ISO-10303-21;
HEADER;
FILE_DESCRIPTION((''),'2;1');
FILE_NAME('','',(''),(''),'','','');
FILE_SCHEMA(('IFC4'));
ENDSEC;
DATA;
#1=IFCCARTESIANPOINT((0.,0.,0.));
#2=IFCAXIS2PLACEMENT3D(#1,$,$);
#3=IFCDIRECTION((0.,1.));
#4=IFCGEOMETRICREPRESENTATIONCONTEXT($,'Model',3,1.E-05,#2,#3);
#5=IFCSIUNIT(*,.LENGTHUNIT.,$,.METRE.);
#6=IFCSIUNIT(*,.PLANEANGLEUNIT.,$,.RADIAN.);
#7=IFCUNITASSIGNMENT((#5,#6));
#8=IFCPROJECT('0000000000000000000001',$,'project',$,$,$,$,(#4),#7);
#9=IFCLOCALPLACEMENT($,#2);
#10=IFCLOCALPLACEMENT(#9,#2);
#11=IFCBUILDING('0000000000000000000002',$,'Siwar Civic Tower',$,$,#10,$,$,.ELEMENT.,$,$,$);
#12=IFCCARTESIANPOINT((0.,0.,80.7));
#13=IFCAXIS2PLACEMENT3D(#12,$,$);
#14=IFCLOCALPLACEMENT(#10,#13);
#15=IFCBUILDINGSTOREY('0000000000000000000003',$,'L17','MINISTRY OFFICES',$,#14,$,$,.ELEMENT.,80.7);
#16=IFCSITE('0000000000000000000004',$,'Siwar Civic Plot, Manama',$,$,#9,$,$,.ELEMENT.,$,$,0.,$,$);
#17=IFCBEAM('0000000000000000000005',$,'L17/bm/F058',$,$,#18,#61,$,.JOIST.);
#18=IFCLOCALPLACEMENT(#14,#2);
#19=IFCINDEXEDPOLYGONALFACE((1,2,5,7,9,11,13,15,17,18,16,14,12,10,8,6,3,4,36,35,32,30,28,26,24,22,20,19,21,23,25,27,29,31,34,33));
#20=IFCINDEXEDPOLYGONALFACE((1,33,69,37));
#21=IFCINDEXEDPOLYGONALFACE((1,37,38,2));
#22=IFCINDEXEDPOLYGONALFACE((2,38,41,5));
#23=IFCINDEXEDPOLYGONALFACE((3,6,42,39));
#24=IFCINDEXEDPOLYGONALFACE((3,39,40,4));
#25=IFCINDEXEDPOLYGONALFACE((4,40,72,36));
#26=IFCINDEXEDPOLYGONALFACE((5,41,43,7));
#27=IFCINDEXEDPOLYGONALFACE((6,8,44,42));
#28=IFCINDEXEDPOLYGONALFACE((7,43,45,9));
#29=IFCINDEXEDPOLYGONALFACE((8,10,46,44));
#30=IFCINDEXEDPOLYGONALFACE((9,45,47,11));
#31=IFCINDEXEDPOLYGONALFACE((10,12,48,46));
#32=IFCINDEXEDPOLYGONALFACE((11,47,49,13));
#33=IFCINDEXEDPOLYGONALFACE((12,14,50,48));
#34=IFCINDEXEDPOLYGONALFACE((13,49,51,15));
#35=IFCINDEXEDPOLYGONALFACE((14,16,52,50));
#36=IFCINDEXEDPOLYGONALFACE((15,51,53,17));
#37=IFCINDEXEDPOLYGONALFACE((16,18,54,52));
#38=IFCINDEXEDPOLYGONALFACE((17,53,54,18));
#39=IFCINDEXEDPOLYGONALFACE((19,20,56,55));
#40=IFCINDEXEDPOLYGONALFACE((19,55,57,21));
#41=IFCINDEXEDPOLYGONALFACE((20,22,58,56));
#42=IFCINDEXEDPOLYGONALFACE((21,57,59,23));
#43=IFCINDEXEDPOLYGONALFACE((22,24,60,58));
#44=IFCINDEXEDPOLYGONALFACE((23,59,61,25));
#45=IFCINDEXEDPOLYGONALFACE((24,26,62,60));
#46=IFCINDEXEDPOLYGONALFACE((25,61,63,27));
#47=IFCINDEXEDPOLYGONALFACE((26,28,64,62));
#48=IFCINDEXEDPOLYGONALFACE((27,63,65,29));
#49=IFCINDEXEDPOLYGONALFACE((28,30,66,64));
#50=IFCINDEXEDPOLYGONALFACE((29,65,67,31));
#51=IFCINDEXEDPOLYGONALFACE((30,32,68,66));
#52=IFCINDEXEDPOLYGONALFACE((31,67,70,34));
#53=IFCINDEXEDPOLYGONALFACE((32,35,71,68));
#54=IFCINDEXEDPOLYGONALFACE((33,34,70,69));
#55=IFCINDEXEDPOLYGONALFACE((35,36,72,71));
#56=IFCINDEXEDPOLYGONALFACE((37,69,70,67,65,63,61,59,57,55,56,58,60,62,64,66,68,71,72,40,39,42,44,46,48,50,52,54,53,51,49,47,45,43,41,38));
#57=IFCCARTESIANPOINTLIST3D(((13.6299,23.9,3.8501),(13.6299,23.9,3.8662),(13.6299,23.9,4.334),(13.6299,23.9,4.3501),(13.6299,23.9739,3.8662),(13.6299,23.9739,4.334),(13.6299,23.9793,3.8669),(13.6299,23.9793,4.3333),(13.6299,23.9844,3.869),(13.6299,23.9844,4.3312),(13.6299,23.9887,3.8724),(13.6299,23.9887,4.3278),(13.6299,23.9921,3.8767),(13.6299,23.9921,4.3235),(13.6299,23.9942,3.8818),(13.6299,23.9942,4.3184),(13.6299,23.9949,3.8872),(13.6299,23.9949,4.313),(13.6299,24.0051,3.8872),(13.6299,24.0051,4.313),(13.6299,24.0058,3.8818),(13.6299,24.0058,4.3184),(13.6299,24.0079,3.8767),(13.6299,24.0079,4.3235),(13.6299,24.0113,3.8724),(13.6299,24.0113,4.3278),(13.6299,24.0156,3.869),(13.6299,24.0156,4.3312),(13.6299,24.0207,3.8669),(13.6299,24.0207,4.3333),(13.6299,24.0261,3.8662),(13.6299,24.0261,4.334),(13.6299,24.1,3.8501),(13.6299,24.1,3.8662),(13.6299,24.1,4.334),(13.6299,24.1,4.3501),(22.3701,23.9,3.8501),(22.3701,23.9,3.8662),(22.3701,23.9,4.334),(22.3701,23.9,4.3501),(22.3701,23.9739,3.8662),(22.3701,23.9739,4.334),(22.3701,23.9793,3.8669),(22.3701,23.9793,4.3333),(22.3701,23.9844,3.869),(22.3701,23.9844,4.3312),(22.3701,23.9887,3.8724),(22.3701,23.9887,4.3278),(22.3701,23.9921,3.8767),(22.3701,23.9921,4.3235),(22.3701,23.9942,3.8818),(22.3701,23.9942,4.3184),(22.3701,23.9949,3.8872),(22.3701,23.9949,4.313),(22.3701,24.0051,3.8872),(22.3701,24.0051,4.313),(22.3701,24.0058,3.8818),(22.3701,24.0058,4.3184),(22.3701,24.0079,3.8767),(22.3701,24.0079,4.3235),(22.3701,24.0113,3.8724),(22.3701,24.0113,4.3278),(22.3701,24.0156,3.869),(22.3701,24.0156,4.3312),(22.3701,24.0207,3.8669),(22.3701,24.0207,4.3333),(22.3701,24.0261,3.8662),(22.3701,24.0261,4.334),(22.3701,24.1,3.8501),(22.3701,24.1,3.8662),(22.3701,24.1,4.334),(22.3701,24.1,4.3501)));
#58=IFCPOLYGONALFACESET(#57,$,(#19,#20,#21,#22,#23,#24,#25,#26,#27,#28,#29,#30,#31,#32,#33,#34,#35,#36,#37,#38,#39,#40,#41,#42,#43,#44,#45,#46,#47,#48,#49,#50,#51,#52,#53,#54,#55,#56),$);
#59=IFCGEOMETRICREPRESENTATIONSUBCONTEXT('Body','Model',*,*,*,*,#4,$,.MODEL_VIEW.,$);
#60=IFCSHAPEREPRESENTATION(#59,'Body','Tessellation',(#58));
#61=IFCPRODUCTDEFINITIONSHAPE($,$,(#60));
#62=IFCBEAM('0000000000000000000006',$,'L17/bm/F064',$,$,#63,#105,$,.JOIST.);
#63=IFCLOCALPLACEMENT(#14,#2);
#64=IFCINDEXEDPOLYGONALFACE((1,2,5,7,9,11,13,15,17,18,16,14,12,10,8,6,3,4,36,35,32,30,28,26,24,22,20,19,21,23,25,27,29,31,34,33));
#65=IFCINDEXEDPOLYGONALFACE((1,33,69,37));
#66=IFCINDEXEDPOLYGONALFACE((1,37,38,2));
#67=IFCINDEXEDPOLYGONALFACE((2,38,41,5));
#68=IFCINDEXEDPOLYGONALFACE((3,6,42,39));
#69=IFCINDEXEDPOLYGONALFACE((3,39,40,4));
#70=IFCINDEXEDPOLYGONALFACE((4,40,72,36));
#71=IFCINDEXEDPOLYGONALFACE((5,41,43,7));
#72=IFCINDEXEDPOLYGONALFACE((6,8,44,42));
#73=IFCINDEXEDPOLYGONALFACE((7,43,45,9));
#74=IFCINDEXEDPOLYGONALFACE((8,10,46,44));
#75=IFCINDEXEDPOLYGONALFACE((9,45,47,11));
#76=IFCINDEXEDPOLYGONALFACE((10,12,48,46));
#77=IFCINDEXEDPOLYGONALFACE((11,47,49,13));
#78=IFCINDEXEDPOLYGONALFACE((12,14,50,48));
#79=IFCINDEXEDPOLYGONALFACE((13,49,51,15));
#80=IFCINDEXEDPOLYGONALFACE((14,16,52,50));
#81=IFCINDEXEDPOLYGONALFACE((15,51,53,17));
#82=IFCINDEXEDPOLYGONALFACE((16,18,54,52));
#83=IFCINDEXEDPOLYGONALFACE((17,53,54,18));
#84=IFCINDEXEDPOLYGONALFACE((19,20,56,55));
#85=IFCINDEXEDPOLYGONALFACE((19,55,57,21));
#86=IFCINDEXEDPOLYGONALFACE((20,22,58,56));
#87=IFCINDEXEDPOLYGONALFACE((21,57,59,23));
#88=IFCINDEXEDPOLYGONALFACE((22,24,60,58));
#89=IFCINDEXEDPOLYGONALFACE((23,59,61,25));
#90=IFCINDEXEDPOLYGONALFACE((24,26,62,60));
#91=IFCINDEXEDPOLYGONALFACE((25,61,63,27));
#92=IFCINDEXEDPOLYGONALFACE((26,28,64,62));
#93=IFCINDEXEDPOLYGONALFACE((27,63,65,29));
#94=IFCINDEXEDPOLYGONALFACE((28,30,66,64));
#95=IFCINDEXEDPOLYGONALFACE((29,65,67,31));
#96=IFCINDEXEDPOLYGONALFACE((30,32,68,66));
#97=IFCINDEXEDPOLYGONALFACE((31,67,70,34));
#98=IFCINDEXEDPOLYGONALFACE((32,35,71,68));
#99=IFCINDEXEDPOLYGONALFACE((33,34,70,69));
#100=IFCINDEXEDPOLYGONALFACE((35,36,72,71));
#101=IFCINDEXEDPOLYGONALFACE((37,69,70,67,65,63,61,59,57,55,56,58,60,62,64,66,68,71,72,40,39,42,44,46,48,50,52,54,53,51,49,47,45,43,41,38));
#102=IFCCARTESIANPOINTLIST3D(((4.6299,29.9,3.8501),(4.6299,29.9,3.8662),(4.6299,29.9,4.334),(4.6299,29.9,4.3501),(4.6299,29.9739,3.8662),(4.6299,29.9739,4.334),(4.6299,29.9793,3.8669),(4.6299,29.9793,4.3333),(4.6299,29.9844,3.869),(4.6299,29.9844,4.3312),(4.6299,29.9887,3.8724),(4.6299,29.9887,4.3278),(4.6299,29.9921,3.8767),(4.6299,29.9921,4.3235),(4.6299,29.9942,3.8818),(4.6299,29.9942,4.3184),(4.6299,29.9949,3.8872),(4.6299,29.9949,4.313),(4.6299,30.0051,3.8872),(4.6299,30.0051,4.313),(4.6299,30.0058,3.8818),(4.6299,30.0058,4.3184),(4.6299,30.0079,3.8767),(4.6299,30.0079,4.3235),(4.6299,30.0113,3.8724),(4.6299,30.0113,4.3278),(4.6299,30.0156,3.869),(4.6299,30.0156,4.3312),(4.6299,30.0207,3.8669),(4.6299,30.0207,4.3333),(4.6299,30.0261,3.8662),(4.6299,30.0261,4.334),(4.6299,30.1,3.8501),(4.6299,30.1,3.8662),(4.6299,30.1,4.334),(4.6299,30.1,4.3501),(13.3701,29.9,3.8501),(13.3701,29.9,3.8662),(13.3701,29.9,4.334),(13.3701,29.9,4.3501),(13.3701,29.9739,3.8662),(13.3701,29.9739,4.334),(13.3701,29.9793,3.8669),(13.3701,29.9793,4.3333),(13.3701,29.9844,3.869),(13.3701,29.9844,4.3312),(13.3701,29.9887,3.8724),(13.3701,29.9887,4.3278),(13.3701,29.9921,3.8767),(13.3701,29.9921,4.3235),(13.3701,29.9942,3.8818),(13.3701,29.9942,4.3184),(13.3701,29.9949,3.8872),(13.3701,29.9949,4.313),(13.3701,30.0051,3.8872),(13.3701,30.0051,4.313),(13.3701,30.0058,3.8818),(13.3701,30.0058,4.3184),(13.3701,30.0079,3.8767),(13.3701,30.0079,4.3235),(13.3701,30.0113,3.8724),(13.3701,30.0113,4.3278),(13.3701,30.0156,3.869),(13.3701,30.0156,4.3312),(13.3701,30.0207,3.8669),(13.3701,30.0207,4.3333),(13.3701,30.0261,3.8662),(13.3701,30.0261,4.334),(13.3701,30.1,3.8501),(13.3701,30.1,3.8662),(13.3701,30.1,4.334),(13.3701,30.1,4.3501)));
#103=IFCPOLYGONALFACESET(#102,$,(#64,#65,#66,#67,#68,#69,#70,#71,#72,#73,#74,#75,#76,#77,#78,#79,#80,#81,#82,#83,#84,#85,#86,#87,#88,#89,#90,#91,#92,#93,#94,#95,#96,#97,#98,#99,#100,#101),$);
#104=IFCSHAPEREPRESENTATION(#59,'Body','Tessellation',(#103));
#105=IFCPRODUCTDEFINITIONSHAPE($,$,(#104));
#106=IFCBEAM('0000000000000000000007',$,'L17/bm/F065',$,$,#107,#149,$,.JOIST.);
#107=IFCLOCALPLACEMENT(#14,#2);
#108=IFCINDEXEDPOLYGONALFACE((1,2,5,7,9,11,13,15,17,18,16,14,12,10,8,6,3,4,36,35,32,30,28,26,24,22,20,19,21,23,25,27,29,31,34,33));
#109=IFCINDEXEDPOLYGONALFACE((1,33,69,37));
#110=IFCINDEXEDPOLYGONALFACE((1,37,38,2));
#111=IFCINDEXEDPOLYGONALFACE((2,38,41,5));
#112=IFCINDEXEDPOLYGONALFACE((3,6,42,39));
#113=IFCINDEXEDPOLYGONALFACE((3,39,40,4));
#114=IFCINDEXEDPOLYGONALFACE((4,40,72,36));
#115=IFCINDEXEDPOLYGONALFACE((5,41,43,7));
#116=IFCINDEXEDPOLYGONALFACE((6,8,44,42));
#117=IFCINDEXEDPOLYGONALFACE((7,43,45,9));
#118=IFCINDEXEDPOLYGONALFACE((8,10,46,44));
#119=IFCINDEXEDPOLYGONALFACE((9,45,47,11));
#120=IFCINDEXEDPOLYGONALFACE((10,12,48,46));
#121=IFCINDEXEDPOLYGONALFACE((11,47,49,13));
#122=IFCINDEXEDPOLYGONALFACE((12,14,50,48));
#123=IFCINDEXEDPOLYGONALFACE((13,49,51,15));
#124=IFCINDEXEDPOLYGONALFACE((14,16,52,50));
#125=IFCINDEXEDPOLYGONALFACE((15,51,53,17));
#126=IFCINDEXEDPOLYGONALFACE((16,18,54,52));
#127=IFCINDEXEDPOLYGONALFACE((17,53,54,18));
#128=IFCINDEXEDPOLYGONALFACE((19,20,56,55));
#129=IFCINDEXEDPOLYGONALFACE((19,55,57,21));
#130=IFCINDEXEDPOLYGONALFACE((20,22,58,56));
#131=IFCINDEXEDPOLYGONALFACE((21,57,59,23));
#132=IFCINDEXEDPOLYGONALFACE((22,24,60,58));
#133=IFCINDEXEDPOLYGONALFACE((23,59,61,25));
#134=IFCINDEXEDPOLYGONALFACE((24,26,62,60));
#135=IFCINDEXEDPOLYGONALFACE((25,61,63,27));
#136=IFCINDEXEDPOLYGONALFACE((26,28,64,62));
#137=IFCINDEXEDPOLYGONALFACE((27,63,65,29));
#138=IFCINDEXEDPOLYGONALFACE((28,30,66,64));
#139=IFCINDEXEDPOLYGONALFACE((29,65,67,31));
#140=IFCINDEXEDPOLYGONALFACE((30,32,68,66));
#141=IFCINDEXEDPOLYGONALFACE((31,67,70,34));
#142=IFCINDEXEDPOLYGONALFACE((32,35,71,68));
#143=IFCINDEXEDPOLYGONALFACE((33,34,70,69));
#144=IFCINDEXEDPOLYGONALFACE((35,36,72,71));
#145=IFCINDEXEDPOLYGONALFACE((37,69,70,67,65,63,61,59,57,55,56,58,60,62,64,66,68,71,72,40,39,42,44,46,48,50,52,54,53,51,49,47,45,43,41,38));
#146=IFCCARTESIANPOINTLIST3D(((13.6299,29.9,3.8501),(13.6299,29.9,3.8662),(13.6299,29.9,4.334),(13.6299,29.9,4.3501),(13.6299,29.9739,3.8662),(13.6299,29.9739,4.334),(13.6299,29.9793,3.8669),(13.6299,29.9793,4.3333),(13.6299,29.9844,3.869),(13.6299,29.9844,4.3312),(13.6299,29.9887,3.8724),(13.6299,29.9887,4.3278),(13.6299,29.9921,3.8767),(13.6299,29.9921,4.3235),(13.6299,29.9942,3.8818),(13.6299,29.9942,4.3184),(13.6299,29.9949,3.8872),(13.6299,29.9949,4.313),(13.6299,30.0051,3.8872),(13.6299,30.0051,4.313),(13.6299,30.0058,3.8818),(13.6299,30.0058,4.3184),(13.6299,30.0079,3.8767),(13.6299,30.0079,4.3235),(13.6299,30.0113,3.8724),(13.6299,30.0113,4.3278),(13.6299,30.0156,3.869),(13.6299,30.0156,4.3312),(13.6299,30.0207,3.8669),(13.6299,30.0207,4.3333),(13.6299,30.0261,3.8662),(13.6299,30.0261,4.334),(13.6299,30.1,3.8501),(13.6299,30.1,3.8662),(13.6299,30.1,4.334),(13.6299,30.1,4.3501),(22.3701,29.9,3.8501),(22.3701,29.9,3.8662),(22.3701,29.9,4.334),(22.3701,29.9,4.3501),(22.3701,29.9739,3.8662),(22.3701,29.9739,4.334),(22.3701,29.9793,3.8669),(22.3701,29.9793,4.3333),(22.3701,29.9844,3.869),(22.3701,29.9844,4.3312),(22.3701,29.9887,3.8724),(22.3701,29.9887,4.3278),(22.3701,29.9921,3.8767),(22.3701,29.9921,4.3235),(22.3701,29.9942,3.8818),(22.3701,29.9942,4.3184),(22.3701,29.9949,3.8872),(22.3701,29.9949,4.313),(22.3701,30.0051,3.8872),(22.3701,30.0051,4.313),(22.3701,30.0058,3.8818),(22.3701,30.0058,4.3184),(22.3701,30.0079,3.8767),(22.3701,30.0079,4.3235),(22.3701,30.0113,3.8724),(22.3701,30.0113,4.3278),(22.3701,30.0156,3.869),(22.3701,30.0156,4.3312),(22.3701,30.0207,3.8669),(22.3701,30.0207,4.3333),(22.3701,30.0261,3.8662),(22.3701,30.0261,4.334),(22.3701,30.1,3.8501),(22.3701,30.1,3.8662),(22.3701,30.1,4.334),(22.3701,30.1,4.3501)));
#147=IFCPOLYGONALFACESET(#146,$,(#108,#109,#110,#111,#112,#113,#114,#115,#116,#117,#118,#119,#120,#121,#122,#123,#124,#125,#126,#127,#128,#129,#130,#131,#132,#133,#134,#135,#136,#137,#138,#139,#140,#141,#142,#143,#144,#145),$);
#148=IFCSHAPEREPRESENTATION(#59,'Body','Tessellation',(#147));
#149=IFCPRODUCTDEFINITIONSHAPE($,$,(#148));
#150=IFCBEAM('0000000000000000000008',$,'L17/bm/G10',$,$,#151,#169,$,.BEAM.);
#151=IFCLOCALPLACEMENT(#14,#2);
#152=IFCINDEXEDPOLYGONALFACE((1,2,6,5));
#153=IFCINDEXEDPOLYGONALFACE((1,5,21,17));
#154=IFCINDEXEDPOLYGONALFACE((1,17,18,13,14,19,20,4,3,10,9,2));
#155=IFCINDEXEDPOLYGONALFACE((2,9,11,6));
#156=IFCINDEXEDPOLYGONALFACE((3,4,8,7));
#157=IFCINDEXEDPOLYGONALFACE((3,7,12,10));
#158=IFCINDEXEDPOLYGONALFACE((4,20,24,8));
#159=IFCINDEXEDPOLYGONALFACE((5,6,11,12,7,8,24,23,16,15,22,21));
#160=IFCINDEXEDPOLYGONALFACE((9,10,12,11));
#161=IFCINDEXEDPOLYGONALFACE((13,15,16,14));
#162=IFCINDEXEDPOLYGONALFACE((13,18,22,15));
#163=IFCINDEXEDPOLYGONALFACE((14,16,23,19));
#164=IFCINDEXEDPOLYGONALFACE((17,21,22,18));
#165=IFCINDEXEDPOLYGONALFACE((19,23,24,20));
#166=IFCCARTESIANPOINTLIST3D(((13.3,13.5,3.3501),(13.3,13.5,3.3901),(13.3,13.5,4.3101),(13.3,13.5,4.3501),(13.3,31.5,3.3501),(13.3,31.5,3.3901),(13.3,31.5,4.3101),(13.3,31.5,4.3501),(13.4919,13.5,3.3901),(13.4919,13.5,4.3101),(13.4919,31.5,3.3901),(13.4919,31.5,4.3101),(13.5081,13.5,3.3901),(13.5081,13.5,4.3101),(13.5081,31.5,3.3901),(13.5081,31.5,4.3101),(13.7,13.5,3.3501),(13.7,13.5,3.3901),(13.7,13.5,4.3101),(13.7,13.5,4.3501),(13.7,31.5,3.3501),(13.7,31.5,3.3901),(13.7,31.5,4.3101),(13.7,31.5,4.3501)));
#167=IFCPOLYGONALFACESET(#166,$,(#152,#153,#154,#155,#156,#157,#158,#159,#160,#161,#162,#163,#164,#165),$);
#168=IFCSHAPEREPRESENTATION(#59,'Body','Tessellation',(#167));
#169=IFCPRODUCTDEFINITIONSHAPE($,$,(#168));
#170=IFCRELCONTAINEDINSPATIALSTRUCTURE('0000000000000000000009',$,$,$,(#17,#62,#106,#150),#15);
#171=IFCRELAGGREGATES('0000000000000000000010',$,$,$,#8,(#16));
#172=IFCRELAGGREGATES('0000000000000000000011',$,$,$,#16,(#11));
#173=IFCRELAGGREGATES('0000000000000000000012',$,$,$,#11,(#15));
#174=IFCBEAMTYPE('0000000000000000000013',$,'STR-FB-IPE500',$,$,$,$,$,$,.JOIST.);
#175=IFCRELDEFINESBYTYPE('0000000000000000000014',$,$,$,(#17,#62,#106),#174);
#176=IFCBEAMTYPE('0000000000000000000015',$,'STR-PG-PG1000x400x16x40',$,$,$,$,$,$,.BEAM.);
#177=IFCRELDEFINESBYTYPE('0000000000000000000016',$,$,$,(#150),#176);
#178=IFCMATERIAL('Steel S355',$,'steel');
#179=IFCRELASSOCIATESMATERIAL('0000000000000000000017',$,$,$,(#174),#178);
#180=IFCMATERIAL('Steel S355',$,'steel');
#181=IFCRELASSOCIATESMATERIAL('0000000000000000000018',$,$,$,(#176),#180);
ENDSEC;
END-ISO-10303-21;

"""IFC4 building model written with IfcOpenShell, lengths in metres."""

from ifc_helpers import new_model, si_unit, direction, frame, origin, origin_2d, place, context, subcontext, project, spatial, i_section, extrude, material, material_profile, profile_set, type_object, element, save


model = new_model("IFC4")

# Units and contexts
model_context = context("Model", 3, precision=1e-05, world=origin(), true_north=direction((0.0, 1.0)))
body_context = subcontext(model_context, "Body", "Model", "MODEL_VIEW")
ifc_project = project(units=[si_unit("LENGTHUNIT", "METRE"), si_unit("PLANEANGLEUNIT", "RADIAN")], contexts=[model_context])

# Site, building, storey
site_placement = place(None, origin())
site = spatial("IfcSite", under=ifc_project, at=site_placement, Name="Siwar Civic Plot, Manama", CompositionType="ELEMENT", RefElevation=0.0)
building_placement = place(site_placement, origin())
building = spatial("IfcBuilding", under=site, at=building_placement, Name="Siwar Civic Tower", CompositionType="ELEMENT")
storey_placement = place(building_placement, frame((0.0, 0.0, 80.7)))
storey = spatial("IfcBuildingStorey", under=building, at=storey_placement, Name="L17", Description="MINISTRY OFFICES", CompositionType="ELEMENT", Elevation=80.7)

# Beams
ifc_material_1 = material(Name="Steel S355", Category="steel")
ifc_material_profile_1 = material_profile(ifc_material_1, i_section(OverallWidth=0.2, OverallDepth=0.5, WebThickness=0.0103, FlangeThickness=0.0161, FilletRadius=0.021, at=origin_2d()), Name="IPE500")
ifc_profile_set_1 = profile_set([ifc_material_profile_1], Name="Steel S355")
beam_type_1 = type_object("IfcBeamType", Name="STR-FB-IPE500", PredefinedType="JOIST", material=ifc_profile_set_1)
for number, where, z_axis, x_axis, name in (
    (1, (13.6299, 24.0, 4.1001), (1.0, 0.0, 0.0), (0.0, 1.0, 0.0), "L17/bm/F058"),
    (2, (4.6299, 30.0, 4.1001), (1.0, 0.0, 0.0), (0.0, 1.0, 0.0), "L17/bm/F064"),
    (3, (13.6299, 30.0, 4.1001), (1.0, 0.0, 0.0), (0.0, 1.0, 0.0), "L17/bm/F065"),
):
    element("IfcBeam", number, at=place(storey_placement, frame(where, z_axis=z_axis, x_axis=x_axis)), inside=storey, type_object=beam_type_1, Name=name, PredefinedType="JOIST", context=body_context, shape_type="SweptSolid", body=[
        extrude(i_section(OverallWidth=0.2, OverallDepth=0.5, WebThickness=0.0103, FlangeThickness=0.0161, FilletRadius=0.021, at=origin_2d()), origin(), (0.0, 0.0, 1.0), 8.7402),
    ])
ifc_material_2 = material(Name="Steel S355", Category="steel")
ifc_material_profile_2 = material_profile(ifc_material_2, i_section(OverallWidth=0.3999, OverallDepth=1.0, WebThickness=0.0161, FlangeThickness=0.04, at=origin_2d()), Name="PG1000x400x16x40")
ifc_profile_set_2 = profile_set([ifc_material_profile_2], Name="Steel S355")
beam_type_2 = type_object("IfcBeamType", Name="STR-PG-PG1000x400x16x40", PredefinedType="BEAM", material=ifc_profile_set_2)
beam_1_placement = place(storey_placement, frame((13.5, 13.5, 3.8501), z_axis=(0.0, 1.0, 0.0), x_axis=(-1.0, 0.0, 0.0)))
element("IfcBeam", 4, at=beam_1_placement, inside=storey, type_object=beam_type_2, Name="L17/bm/G10", PredefinedType="BEAM", context=body_context, shape_type="SweptSolid", body=[
    extrude(i_section(OverallWidth=0.3999, OverallDepth=1.0, WebThickness=0.0161, FlangeThickness=0.04, at=origin_2d()), origin(), (0.0, 0.0, 1.0), 18.0),
])

save(model, "model.ifc")
